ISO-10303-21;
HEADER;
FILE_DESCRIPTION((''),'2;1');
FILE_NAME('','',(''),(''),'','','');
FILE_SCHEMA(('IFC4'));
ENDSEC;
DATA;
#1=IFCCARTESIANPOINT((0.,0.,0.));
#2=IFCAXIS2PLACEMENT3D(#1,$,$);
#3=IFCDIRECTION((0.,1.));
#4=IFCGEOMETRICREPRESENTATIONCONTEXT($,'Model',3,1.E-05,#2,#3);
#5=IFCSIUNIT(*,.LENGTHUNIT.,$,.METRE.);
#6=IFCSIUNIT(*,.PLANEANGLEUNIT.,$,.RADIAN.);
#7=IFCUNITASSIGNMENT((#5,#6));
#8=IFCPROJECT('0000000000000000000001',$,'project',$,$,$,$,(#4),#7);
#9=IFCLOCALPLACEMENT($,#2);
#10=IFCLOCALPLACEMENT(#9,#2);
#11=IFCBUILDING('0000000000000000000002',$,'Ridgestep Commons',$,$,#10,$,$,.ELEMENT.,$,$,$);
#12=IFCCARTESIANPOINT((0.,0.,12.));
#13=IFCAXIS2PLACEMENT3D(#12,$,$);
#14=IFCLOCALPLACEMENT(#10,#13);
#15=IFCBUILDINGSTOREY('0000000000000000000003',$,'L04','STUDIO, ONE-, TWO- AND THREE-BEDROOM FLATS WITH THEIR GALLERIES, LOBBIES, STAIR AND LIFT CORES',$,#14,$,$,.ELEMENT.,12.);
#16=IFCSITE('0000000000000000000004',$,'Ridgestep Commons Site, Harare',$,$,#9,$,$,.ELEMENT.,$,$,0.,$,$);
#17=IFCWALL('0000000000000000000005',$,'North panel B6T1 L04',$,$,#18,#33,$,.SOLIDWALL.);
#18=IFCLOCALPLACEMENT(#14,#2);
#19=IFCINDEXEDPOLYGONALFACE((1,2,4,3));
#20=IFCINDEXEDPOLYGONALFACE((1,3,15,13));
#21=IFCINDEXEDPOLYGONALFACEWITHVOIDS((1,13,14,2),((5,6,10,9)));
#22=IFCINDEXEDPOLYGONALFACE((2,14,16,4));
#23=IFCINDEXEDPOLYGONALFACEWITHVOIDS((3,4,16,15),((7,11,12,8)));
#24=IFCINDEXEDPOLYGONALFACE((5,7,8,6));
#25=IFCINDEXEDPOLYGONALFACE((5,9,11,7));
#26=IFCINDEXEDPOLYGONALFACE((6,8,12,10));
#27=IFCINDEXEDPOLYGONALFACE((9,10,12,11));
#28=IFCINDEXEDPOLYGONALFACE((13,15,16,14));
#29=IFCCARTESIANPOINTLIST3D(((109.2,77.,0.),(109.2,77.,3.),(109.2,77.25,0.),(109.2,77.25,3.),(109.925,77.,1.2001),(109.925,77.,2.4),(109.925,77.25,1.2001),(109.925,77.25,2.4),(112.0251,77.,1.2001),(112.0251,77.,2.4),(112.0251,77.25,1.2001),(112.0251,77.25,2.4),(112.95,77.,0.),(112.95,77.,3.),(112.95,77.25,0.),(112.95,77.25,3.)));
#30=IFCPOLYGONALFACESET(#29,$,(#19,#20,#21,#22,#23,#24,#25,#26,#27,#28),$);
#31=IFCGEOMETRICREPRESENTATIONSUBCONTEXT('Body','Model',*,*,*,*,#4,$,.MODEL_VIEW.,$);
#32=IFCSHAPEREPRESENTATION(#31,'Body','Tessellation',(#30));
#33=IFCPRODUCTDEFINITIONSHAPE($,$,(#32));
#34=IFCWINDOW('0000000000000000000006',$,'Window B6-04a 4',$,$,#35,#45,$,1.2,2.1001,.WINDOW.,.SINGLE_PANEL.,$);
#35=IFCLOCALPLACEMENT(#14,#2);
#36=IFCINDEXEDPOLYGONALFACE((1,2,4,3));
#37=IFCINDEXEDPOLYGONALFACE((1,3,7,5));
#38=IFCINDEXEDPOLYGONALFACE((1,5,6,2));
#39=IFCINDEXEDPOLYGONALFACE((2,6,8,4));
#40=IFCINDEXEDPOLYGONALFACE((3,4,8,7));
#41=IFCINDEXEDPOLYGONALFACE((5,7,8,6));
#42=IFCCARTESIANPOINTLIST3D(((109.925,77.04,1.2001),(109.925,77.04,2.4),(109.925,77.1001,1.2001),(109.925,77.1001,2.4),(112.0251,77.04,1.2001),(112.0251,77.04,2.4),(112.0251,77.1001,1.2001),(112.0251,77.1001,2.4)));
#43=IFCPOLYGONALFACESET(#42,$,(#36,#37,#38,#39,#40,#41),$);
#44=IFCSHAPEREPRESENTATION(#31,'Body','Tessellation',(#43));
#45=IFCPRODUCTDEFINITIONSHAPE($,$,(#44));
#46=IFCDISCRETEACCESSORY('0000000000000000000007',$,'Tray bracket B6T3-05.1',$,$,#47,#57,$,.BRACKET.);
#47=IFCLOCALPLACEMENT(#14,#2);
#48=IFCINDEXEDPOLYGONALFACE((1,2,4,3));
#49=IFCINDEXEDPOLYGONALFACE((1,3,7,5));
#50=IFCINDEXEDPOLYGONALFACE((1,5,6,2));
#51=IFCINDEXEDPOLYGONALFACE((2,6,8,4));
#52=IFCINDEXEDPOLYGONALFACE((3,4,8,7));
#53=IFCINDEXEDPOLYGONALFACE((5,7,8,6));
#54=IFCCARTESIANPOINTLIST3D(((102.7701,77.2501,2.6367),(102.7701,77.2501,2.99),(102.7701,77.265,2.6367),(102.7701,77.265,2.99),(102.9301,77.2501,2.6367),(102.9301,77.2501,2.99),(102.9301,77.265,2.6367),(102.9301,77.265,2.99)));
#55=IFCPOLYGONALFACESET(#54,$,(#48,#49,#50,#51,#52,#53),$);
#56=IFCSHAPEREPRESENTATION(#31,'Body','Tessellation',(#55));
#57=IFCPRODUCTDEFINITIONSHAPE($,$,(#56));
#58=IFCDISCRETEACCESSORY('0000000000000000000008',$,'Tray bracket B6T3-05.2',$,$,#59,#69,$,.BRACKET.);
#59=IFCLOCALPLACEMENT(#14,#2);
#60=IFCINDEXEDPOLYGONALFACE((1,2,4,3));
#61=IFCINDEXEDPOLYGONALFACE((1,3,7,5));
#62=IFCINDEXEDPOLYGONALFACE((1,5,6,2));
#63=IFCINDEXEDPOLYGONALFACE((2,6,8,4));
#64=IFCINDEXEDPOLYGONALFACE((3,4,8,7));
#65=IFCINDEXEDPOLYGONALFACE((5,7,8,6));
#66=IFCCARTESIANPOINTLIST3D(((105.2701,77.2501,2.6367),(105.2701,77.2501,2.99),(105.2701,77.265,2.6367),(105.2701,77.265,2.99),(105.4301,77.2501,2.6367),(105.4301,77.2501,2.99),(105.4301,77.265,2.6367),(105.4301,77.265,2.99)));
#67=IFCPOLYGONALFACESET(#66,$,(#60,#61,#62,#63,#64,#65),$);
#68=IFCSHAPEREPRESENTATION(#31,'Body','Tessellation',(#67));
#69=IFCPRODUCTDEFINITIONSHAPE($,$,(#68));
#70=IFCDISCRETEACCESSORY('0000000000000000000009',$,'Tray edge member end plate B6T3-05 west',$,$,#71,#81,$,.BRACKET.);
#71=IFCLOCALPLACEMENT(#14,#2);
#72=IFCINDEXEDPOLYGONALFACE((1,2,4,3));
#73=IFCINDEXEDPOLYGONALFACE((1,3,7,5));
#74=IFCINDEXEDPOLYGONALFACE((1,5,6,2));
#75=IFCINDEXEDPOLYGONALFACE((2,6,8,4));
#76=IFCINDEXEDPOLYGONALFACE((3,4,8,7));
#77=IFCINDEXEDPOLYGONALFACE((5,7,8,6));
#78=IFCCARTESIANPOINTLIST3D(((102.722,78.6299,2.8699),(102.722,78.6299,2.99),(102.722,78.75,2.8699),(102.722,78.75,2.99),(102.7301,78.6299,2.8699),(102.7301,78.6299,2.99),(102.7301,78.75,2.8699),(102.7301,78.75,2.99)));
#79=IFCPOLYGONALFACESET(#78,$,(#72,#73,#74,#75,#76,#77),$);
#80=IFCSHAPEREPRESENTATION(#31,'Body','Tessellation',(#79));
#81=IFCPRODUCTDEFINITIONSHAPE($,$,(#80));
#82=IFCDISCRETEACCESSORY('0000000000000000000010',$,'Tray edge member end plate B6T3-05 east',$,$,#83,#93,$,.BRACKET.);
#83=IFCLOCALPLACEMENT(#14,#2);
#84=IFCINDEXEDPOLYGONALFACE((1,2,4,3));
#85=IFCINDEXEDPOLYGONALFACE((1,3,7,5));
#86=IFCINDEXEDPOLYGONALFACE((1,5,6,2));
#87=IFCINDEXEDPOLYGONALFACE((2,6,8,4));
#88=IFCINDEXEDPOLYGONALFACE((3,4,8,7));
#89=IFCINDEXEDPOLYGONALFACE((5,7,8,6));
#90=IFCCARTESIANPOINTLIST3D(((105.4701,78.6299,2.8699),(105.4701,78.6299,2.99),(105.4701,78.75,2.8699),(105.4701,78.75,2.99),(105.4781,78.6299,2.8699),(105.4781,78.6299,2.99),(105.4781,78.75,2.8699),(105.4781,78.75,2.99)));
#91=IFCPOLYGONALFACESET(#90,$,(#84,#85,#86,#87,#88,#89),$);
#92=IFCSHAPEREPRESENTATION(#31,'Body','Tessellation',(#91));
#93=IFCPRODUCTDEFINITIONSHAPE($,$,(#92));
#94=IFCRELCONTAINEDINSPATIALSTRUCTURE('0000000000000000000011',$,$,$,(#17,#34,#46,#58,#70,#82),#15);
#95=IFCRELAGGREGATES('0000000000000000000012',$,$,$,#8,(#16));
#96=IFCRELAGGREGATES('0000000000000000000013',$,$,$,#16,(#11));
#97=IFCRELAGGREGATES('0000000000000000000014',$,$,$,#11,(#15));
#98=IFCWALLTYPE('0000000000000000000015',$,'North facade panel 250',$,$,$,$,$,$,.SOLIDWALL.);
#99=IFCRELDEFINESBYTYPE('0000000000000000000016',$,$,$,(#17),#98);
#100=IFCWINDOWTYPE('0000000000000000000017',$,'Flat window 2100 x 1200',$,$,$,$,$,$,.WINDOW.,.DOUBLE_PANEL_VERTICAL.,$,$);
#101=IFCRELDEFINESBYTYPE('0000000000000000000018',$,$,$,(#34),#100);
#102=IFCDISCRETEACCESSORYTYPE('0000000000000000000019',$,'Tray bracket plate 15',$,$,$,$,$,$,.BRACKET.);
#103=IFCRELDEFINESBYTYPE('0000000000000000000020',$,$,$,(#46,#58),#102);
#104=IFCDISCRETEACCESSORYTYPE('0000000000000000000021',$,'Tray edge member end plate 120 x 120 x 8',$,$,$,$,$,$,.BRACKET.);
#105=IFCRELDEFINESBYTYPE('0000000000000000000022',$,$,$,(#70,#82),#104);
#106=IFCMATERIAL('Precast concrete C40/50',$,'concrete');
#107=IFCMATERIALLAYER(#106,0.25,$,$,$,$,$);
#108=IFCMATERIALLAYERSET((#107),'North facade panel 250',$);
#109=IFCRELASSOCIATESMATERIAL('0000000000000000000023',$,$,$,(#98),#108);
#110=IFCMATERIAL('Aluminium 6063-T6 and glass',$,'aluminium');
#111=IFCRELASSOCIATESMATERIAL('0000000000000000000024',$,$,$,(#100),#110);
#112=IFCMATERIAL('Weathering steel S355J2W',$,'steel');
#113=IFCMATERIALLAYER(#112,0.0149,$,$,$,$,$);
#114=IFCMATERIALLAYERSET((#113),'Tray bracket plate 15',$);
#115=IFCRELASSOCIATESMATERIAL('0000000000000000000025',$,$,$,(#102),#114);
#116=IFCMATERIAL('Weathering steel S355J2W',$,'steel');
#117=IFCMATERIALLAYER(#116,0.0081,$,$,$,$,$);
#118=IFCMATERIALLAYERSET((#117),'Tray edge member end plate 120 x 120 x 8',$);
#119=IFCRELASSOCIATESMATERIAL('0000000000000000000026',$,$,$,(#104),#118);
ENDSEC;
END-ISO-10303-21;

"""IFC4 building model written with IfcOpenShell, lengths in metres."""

from ifc_helpers import new_model, si_unit, direction, frame, frame_2d, origin, origin_2d, place, context, subcontext, project, spatial, rectangle, extrude, material, layer, layer_set, type_object, element, fill, save


model = new_model("IFC4")

# Units and contexts
model_context = context("Model", 3, precision=1e-05, world=origin(), true_north=direction((0.0, 1.0)))
body_context = subcontext(model_context, "Body", "Model", "MODEL_VIEW")
ifc_project = project(units=[si_unit("LENGTHUNIT", "METRE"), si_unit("PLANEANGLEUNIT", "RADIAN")], contexts=[model_context])

# Site, building, storey
site_placement = place(None, origin())
site = spatial("IfcSite", under=ifc_project, at=site_placement, Name="Ridgestep Commons Site, Harare", CompositionType="ELEMENT", RefElevation=0.0)
building_placement = place(site_placement, origin())
building = spatial("IfcBuilding", under=site, at=building_placement, Name="Ridgestep Commons", CompositionType="ELEMENT")
storey_placement = place(building_placement, frame((0.0, 0.0, 12.0)))
storey = spatial("IfcBuildingStorey", under=building, at=storey_placement, Name="L04", Description="STUDIO, ONE-, TWO- AND THREE-BEDROOM FLATS WITH THEIR GALLERIES, LOBBIES, STAIR AND LIFT CORES", CompositionType="ELEMENT", Elevation=12.0)

# Wall, opening, window
ifc_material_1 = material(Name="Precast concrete C40/50", Category="concrete")
ifc_layer_1 = layer(ifc_material_1, 0.25)
ifc_layer_set_1 = layer_set([ifc_layer_1], Name="North facade panel 250")
wall_type = type_object("IfcWallType", Name="North facade panel 250", PredefinedType="SOLIDWALL", material=ifc_layer_set_1)
ifc_material_2 = material(Name="Aluminium 6063-T6 and glass", Category="aluminium")
window_type_1 = type_object("IfcWindowType", Name="Flat window 2100 x 1200", PartitioningType="DOUBLE_PANEL_VERTICAL", PredefinedType="WINDOW", material=ifc_material_2)
wall_1_placement = place(storey_placement, frame((109.2, 77.125, 0.0), z_axis=(0.0, 0.0, 1.0), x_axis=(1.0, 0.0, 0.0)))
wall_1 = element("IfcWall", 1, at=wall_1_placement, inside=storey, type_object=wall_type, Name="North panel B6T1 L04", PredefinedType="SOLIDWALL", context=body_context, shape_type="SweptSolid", body=[
    extrude(rectangle(XDim=3.75, YDim=0.25, at=frame_2d((1.875, 0.0))), origin(), (0.0, 0.0, 1.0), 3.0),
])
opening_1_placement = place(wall_1_placement, frame((0.7251, 0.0, 1.2)))
opening_1 = element("IfcOpeningElement", 2, at=opening_1_placement, cuts=wall_1, PredefinedType="OPENING", context=body_context, shape_type="SweptSolid", body=[
    extrude(rectangle(XDim=2.1001, YDim=1.2, at=frame_2d((1.05, 0.6001))), frame((0.0, 0.135, 0.0), z_axis=(0.0, -1.0, 0.0), x_axis=(1.0, 0.0, 0.0)), (0.0, 0.0, 1.0), 0.27),
])
window_1_placement = place(opening_1_placement, origin())
window_1 = element("IfcWindow", 3, at=window_1_placement, inside=storey, type_object=window_type_1, Name="Window B6-04a 4", OverallHeight=1.2, OverallWidth=2.1001, PartitioningType="SINGLE_PANEL", PredefinedType="WINDOW", context=body_context, shape_type="SweptSolid", body=[
    extrude(rectangle(XDim=2.1001, YDim=1.2, at=frame_2d((1.05, 0.6001))), frame((0.0, -0.0249, 0.0), z_axis=(0.0, -1.0, 0.0), x_axis=(1.0, 0.0, 0.0)), (0.0, 0.0, 1.0), 0.0601),
])
fill(opening_1, window_1)

# Discrete accessories
ifc_material_3 = material(Name="Weathering steel S355J2W", Category="steel")
ifc_layer_2 = layer(ifc_material_3, 0.0149)
ifc_layer_set_2 = layer_set([ifc_layer_2], Name="Tray bracket plate 15")
discrete_accessory_type_1 = type_object("IfcDiscreteAccessoryType", Name="Tray bracket plate 15", PredefinedType="BRACKET", material=ifc_layer_set_2)
for number, where, z_axis, x_axis, name in (
    (4, (102.8501, 77.2576, 2.6367), (0.0, 0.0, 1.0), (1.0, 0.0, 0.0), "Tray bracket B6T3-05.1"),
    (5, (105.3501, 77.2576, 2.6367), (0.0, 0.0, 1.0), (1.0, 0.0, 0.0), "Tray bracket B6T3-05.2"),
):
    element("IfcDiscreteAccessory", number, at=place(storey_placement, frame(where, z_axis=z_axis, x_axis=x_axis)), inside=storey, type_object=discrete_accessory_type_1, Name=name, PredefinedType="BRACKET", context=body_context, shape_type="SweptSolid", body=[
        extrude(rectangle(XDim=0.1599, YDim=0.0149, at=origin_2d()), origin(), (0.0, 0.0, 1.0), 0.3533),
    ])
ifc_material_4 = material(Name="Weathering steel S355J2W", Category="steel")
ifc_layer_3 = layer(ifc_material_4, 0.0081)
ifc_layer_set_3 = layer_set([ifc_layer_3], Name="Tray edge member end plate 120 x 120 x 8")
discrete_accessory_type_2 = type_object("IfcDiscreteAccessoryType", Name="Tray edge member end plate 120 x 120 x 8", PredefinedType="BRACKET", material=ifc_layer_set_3)
for number, where, z_axis, x_axis, name in (
    (6, (102.7261, 78.6899, 2.8699), (0.0, 0.0, 1.0), (1.0, 0.0, 0.0), "Tray edge member end plate B6T3-05 west"),
    (7, (105.4741, 78.6899, 2.8699), (0.0, 0.0, 1.0), (1.0, 0.0, 0.0), "Tray edge member end plate B6T3-05 east"),
):
    element("IfcDiscreteAccessory", number, at=place(storey_placement, frame(where, z_axis=z_axis, x_axis=x_axis)), inside=storey, type_object=discrete_accessory_type_2, Name=name, PredefinedType="BRACKET", context=body_context, shape_type="SweptSolid", body=[
        extrude(rectangle(XDim=0.0081, YDim=0.1201, at=origin_2d()), origin(), (0.0, 0.0, 1.0), 0.1201),
    ])

save(model, "model.ifc")
